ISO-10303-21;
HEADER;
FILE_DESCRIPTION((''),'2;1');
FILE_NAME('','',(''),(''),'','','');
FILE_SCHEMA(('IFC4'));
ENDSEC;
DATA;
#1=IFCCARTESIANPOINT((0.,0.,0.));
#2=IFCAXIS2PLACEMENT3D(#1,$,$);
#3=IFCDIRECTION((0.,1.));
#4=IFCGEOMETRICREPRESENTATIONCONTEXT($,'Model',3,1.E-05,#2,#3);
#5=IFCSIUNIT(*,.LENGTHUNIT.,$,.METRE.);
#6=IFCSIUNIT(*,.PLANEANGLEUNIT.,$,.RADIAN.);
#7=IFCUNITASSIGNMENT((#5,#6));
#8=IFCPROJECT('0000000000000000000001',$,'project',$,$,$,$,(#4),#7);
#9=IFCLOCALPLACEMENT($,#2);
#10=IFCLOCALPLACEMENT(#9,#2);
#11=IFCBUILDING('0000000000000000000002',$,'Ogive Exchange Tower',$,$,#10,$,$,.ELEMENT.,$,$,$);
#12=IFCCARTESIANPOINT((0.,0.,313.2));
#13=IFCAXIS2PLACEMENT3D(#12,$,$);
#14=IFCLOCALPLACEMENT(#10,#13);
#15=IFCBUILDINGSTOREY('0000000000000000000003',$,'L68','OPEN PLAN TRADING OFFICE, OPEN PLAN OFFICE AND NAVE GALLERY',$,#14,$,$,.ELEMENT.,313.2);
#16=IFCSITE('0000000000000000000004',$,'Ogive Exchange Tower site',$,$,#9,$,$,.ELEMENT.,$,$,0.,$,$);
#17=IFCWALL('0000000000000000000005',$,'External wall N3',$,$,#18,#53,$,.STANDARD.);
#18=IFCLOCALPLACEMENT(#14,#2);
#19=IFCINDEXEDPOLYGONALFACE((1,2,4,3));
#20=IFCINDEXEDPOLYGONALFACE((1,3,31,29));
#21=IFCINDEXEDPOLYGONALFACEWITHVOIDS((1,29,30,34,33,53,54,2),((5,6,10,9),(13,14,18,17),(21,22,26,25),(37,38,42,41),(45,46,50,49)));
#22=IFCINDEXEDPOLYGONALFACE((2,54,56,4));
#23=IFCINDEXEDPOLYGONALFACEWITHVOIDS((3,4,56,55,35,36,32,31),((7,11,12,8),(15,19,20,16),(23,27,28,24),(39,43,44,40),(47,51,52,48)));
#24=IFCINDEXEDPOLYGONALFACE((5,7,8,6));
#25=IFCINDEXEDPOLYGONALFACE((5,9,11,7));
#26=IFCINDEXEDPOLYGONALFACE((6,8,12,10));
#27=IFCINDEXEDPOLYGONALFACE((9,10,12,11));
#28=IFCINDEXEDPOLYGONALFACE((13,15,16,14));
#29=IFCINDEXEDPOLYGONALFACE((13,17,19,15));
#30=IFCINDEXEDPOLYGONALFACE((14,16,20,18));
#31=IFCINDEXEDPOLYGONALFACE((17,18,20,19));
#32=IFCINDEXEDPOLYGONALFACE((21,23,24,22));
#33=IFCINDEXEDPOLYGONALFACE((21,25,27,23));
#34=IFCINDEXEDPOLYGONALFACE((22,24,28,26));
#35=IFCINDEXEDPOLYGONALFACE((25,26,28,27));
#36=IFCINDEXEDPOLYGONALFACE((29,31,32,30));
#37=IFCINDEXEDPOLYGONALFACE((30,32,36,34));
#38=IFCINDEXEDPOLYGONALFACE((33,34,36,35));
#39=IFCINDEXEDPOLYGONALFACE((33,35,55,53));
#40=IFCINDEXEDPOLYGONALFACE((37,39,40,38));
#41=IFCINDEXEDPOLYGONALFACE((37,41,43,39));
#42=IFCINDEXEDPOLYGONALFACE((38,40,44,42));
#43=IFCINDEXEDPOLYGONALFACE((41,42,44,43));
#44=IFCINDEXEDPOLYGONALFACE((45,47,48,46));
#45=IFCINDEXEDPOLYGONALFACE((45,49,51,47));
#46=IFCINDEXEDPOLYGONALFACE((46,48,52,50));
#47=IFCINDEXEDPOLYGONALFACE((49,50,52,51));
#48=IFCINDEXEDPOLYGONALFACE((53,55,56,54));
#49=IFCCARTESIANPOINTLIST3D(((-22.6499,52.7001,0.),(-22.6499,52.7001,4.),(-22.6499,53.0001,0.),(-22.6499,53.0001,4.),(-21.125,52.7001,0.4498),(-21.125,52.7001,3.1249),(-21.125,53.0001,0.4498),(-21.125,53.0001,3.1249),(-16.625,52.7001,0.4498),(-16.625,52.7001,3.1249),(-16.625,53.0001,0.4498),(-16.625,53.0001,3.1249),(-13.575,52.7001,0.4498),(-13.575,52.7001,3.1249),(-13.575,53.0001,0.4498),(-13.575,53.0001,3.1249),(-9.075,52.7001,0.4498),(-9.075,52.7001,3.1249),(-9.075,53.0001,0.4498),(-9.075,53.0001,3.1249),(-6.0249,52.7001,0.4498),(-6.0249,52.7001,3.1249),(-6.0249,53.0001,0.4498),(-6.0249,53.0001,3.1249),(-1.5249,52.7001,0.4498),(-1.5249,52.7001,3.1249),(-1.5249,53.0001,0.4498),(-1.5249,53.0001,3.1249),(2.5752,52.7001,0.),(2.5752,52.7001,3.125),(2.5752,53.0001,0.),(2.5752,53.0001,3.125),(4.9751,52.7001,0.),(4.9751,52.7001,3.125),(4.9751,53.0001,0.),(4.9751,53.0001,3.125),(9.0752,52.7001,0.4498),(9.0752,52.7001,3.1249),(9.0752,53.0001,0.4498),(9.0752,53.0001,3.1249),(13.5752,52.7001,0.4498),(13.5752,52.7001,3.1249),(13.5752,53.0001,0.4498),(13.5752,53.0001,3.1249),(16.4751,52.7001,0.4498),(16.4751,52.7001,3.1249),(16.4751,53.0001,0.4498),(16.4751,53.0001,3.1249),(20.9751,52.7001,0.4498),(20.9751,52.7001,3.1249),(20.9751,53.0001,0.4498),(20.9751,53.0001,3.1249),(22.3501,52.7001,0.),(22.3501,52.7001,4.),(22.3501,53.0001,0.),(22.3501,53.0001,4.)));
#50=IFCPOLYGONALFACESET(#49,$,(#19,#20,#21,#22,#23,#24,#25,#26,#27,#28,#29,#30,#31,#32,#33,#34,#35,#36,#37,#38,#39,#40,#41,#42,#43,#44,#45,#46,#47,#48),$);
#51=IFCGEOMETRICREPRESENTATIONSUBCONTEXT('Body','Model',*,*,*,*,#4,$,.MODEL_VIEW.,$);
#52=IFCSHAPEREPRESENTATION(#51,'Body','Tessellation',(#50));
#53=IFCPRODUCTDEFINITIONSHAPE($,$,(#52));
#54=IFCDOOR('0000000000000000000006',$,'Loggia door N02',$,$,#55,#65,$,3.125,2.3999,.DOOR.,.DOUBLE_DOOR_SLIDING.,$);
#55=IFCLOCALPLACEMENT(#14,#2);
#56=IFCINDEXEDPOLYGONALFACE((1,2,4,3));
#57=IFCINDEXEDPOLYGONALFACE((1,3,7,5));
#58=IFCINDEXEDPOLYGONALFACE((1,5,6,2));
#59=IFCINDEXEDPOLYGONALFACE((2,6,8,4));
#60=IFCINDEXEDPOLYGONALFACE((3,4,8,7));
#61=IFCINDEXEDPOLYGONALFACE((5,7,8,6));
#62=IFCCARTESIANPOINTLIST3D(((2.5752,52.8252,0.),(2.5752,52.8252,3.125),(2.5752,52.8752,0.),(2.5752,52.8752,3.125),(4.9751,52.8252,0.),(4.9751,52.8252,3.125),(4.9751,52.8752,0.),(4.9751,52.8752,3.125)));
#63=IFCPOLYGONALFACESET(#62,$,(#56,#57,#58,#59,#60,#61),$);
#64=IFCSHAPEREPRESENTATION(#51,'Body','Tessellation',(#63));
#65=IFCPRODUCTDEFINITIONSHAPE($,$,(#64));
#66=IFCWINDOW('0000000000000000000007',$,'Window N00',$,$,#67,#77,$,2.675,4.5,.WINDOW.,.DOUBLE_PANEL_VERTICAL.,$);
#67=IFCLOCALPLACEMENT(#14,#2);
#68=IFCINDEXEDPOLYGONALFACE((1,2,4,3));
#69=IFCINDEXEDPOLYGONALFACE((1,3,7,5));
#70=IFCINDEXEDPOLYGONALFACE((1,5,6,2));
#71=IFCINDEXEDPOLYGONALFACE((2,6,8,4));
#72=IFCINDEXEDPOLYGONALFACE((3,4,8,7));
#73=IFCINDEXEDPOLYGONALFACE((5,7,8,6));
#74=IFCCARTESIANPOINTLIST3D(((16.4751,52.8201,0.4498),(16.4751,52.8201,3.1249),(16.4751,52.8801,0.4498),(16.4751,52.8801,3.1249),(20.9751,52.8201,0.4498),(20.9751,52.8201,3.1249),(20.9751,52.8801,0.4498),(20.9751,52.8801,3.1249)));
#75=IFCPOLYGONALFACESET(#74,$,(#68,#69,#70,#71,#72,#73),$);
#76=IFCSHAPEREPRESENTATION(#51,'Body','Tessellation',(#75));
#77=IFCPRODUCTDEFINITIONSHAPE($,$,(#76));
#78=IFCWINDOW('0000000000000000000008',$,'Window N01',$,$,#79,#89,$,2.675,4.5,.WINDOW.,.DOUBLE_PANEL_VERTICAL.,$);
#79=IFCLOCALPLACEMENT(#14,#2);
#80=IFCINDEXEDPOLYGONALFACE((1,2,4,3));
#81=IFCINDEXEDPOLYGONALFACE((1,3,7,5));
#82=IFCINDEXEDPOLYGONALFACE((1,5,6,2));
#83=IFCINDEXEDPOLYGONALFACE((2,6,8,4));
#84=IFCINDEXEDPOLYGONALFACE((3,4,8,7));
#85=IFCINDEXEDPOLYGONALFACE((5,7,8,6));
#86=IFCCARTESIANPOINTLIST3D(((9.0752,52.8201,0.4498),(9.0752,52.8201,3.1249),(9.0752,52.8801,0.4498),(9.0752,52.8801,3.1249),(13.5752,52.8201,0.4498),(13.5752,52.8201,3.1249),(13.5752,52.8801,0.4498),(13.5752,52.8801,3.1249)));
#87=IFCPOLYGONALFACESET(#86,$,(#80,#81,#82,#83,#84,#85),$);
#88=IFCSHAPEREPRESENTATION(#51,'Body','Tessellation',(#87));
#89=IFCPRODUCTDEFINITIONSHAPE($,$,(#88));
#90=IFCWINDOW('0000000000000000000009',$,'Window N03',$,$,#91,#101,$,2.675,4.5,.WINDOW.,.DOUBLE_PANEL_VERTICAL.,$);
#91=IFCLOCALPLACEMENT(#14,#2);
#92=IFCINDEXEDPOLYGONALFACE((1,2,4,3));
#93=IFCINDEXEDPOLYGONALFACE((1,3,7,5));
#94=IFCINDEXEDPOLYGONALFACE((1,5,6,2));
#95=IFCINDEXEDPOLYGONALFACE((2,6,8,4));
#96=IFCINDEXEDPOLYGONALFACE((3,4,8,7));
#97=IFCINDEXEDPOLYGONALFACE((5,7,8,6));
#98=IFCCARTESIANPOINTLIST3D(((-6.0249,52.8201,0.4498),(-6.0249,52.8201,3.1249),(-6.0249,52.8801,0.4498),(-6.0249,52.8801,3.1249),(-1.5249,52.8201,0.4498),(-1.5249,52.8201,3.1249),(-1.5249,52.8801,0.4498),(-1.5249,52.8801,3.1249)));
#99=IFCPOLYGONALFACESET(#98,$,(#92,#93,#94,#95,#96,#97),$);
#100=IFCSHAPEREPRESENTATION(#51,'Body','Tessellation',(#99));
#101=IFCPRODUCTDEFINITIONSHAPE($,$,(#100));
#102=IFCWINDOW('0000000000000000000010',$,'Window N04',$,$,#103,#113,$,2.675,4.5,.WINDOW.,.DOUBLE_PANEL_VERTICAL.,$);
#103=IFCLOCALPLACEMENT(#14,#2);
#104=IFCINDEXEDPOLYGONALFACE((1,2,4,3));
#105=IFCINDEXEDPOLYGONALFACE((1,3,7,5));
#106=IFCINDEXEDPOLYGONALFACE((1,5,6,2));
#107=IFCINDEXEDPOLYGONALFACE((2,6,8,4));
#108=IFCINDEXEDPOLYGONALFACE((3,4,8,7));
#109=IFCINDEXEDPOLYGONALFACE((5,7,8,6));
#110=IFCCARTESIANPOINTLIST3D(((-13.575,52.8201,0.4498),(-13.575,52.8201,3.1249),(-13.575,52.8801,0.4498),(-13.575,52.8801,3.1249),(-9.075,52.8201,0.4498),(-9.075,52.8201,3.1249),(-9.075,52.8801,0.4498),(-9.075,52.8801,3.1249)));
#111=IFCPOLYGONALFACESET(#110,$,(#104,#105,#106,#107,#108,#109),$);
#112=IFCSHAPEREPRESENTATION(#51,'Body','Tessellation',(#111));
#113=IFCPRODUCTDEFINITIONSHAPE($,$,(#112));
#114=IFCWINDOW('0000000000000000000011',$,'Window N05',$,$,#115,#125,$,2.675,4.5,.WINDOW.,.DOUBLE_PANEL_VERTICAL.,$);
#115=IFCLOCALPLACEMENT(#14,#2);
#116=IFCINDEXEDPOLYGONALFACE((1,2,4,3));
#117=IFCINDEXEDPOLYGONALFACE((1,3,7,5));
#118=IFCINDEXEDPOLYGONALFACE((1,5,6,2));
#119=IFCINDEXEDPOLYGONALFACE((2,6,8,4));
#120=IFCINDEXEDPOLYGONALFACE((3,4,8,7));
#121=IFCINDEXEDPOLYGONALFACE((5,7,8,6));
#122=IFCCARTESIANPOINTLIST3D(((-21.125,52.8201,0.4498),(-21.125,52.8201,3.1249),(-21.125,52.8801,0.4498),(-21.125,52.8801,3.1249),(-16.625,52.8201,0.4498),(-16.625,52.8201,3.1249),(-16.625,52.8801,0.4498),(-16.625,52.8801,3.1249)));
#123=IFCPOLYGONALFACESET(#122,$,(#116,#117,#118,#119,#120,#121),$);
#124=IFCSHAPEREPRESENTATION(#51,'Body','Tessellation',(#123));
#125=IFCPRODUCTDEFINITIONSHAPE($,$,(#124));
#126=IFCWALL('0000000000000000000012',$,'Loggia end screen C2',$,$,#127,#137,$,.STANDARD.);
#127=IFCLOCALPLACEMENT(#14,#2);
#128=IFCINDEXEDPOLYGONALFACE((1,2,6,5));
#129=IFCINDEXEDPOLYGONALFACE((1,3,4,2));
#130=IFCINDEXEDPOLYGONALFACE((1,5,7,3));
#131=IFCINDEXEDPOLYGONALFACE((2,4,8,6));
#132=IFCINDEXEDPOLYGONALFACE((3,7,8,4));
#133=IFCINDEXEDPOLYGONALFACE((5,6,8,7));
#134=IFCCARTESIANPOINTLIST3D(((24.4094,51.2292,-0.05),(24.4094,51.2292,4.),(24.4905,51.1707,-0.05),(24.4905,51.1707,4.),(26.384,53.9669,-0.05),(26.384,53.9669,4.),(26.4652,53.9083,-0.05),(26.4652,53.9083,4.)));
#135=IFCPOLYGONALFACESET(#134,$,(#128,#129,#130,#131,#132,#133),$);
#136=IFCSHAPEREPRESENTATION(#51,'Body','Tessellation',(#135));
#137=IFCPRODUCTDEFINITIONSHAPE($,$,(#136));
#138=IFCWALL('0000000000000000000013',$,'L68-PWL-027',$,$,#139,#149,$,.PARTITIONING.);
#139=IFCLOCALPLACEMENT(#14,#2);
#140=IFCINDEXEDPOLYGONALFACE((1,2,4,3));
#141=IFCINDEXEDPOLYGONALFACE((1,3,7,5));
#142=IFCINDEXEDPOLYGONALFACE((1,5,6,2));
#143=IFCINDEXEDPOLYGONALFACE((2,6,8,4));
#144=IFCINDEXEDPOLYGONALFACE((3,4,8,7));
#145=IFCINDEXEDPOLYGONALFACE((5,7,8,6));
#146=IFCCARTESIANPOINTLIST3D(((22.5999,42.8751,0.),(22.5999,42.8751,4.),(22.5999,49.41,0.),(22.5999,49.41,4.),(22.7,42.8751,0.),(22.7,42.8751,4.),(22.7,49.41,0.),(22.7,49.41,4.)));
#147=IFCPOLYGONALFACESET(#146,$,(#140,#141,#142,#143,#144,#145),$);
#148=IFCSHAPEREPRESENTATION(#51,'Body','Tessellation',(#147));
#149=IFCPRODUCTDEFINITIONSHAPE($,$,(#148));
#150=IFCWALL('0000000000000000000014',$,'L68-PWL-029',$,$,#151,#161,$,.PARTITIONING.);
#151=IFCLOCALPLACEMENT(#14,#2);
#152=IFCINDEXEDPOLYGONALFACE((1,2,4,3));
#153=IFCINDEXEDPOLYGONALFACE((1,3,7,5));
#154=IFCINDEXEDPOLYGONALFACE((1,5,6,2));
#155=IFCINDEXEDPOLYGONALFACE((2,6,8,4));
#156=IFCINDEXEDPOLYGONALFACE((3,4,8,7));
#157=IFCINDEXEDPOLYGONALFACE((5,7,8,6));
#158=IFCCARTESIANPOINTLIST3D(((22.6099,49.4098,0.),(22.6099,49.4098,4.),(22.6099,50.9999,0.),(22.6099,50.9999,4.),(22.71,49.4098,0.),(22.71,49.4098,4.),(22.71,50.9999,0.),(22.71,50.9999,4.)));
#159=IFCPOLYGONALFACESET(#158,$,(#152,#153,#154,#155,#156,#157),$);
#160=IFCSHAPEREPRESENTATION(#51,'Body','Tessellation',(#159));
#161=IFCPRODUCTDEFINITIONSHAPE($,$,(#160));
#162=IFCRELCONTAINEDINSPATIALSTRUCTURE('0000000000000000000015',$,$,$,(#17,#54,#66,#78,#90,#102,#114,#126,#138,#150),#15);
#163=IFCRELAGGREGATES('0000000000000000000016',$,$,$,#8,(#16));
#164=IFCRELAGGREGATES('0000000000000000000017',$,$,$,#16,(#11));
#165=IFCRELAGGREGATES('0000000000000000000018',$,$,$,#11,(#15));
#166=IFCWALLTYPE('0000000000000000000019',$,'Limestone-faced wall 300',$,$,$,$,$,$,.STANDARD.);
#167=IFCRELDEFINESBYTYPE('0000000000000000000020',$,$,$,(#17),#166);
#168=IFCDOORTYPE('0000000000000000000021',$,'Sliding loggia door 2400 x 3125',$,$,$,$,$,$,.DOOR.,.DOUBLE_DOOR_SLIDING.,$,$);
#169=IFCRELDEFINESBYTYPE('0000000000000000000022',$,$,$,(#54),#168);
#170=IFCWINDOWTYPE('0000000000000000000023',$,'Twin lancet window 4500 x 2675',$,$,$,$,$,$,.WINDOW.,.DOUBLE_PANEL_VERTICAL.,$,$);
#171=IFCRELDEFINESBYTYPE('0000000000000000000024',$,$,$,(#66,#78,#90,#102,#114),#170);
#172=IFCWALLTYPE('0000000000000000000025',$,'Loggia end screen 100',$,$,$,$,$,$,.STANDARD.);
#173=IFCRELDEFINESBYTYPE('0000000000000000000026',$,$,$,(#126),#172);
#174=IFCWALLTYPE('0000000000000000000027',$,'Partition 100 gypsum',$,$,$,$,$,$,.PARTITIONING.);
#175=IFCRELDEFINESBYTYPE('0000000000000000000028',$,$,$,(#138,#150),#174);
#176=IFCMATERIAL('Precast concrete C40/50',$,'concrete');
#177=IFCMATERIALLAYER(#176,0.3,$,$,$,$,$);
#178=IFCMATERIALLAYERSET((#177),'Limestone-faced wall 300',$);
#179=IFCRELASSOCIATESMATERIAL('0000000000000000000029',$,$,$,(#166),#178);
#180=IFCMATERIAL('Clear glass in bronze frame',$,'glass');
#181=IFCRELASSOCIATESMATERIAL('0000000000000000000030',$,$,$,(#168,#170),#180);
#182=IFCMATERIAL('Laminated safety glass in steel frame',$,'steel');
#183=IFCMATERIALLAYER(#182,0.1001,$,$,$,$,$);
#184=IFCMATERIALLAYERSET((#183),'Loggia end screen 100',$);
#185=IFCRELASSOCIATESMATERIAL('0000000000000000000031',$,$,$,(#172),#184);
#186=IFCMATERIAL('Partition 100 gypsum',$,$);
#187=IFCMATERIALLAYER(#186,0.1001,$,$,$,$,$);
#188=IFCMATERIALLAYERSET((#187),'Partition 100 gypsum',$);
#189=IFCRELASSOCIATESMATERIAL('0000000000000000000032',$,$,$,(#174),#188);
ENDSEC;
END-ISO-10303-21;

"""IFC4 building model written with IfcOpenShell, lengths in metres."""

from ifc_helpers import new_model, si_unit, direction, frame, frame_2d, origin, place, context, subcontext, project, spatial, rectangle, extrude, material, layer, layer_set, type_object, element, fill, save


model = new_model("IFC4")

# Units and contexts
model_context = context("Model", 3, precision=1e-05, world=origin(), true_north=direction((0.0, 1.0)))
body_context = subcontext(model_context, "Body", "Model", "MODEL_VIEW")
ifc_project = project(units=[si_unit("LENGTHUNIT", "METRE"), si_unit("PLANEANGLEUNIT", "RADIAN")], contexts=[model_context])

# Site, building, storey
site_placement = place(None, origin())
site = spatial("IfcSite", under=ifc_project, at=site_placement, Name="Ogive Exchange Tower site", CompositionType="ELEMENT", RefElevation=0.0)
building_placement = place(site_placement, origin())
building = spatial("IfcBuilding", under=site, at=building_placement, Name="Ogive Exchange Tower", CompositionType="ELEMENT")
storey_placement = place(building_placement, frame((0.0, 0.0, 313.2)))
storey = spatial("IfcBuildingStorey", under=building, at=storey_placement, Name="L68", Description="OPEN PLAN TRADING OFFICE, OPEN PLAN OFFICE AND NAVE GALLERY", CompositionType="ELEMENT", Elevation=313.2)

# Wall, openings, door, windows
ifc_material_1 = material(Name="Precast concrete C40/50", Category="concrete")
ifc_layer_1 = layer(ifc_material_1, 0.3)
ifc_layer_set_1 = layer_set([ifc_layer_1], Name="Limestone-faced wall 300")
wall_type_1 = type_object("IfcWallType", Name="Limestone-faced wall 300", PredefinedType="STANDARD", material=ifc_layer_set_1)
wall_1_placement = place(storey_placement, frame((22.3501, 52.8501, 0.0), z_axis=(0.0, 0.0, 1.0), x_axis=(-1.0, 0.0, 0.0)))
wall_1 = element("IfcWall", 1, at=wall_1_placement, inside=storey, type_object=wall_type_1, Name="External wall N3", PredefinedType="STANDARD", context=body_context, shape_type="SweptSolid", body=[
    extrude(rectangle(XDim=45.0, YDim=0.3, at=frame_2d((22.5, 0.0))), origin(), (0.0, 0.0, 1.0), 4.0),
])
opening_1_placement = place(wall_1_placement, frame((1.375, 0.0, 0.45)))
opening_1 = element("IfcOpeningElement", 2, at=opening_1_placement, cuts=wall_1, PredefinedType="OPENING", context=body_context, shape_type="SweptSolid", body=[
    extrude(rectangle(XDim=4.5, YDim=2.675, at=frame_2d((2.25, 1.3374))), frame((0.0, 0.1599, 0.0), z_axis=(0.0, -1.0, 0.0), x_axis=(1.0, 0.0, 0.0)), (0.0, 0.0, 1.0), 0.3201),
])
opening_2_placement = place(wall_1_placement, frame((8.7749, 0.0, 0.45)))
opening_2 = element("IfcOpeningElement", 3, at=opening_2_placement, cuts=wall_1, PredefinedType="OPENING", context=body_context, shape_type="SweptSolid", body=[
    extrude(rectangle(XDim=4.5, YDim=2.675, at=frame_2d((2.25, 1.3374))), frame((0.0, 0.1599, 0.0), z_axis=(0.0, -1.0, 0.0), x_axis=(1.0, 0.0, 0.0)), (0.0, 0.0, 1.0), 0.3201),
])
opening_3_placement = place(wall_1_placement, frame((17.375, 0.0, 0.0)))
opening_3 = element("IfcOpeningElement", 4, at=opening_3_placement, cuts=wall_1, PredefinedType="OPENING", context=body_context, shape_type="SweptSolid", body=[
    extrude(rectangle(XDim=2.3999, YDim=3.125, at=frame_2d((1.2, 1.5625))), frame((0.0, 0.1599, 0.0), z_axis=(0.0, -1.0, 0.0), x_axis=(1.0, 0.0, 0.0)), (0.0, 0.0, 1.0), 0.3201),
])
opening_4_placement = place(wall_1_placement, frame((23.875, 0.0, 0.45)))
opening_4 = element("IfcOpeningElement", 5, at=opening_4_placement, cuts=wall_1, PredefinedType="OPENING", context=body_context, shape_type="SweptSolid", body=[
    extrude(rectangle(XDim=4.5, YDim=2.675, at=frame_2d((2.25, 1.3374))), frame((0.0, 0.1599, 0.0), z_axis=(0.0, -1.0, 0.0), x_axis=(1.0, 0.0, 0.0)), (0.0, 0.0, 1.0), 0.3201),
])
opening_5_placement = place(wall_1_placement, frame((31.425, 0.0, 0.45)))
opening_5 = element("IfcOpeningElement", 6, at=opening_5_placement, cuts=wall_1, PredefinedType="OPENING", context=body_context, shape_type="SweptSolid", body=[
    extrude(rectangle(XDim=4.5, YDim=2.675, at=frame_2d((2.25, 1.3374))), frame((0.0, 0.1599, 0.0), z_axis=(0.0, -1.0, 0.0), x_axis=(1.0, 0.0, 0.0)), (0.0, 0.0, 1.0), 0.3201),
])
opening_6_placement = place(wall_1_placement, frame((38.9751, 0.0, 0.45)))
opening_6 = element("IfcOpeningElement", 7, at=opening_6_placement, cuts=wall_1, PredefinedType="OPENING", context=body_context, shape_type="SweptSolid", body=[
    extrude(rectangle(XDim=4.5, YDim=2.675, at=frame_2d((2.25, 1.3374))), frame((0.0, 0.1599, 0.0), z_axis=(0.0, -1.0, 0.0), x_axis=(1.0, 0.0, 0.0)), (0.0, 0.0, 1.0), 0.3201),
])
ifc_material_2 = material(Name="Clear glass in bronze frame", Category="glass")
door_type_1 = type_object("IfcDoorType", Name="Sliding loggia door 2400 x 3125", OperationType="DOUBLE_DOOR_SLIDING", PredefinedType="DOOR", material=ifc_material_2)
door_1_placement = place(opening_3_placement, origin())
door_1 = element("IfcDoor", 8, at=door_1_placement, inside=storey, type_object=door_type_1, Name="Loggia door N02", OperationType="DOUBLE_DOOR_SLIDING", OverallHeight=3.125, OverallWidth=2.3999, PredefinedType="DOOR", context=body_context, shape_type="SweptSolid", body=[
    extrude(rectangle(XDim=2.3999, YDim=3.125, at=frame_2d((1.2, 1.5625))), frame((0.0, 0.0249, 0.0), z_axis=(0.0, -1.0, 0.0), x_axis=(1.0, 0.0, 0.0)), (0.0, 0.0, 1.0), 0.05),
])
fill(opening_3, door_1)
window_type = type_object("IfcWindowType", Name="Twin lancet window 4500 x 2675", PartitioningType="DOUBLE_PANEL_VERTICAL", PredefinedType="WINDOW", material=ifc_material_2)
window_1_placement = place(opening_1_placement, origin())
window_1 = element("IfcWindow", 9, at=window_1_placement, inside=storey, type_object=window_type, Name="Window N00", OverallHeight=2.675, OverallWidth=4.5, PartitioningType="DOUBLE_PANEL_VERTICAL", PredefinedType="WINDOW", context=body_context, shape_type="SweptSolid", body=[
    extrude(rectangle(XDim=4.5, YDim=2.675, at=frame_2d((2.25, 1.3374))), frame((0.0, 0.03, 0.0), z_axis=(0.0, -1.0, 0.0), x_axis=(1.0, 0.0, 0.0)), (0.0, 0.0, 1.0), 0.0601),
])
fill(opening_1, window_1)
window_2_placement = place(opening_2_placement, origin())
window_2 = element("IfcWindow", 10, at=window_2_placement, inside=storey, type_object=window_type, Name="Window N01", OverallHeight=2.675, OverallWidth=4.5, PartitioningType="DOUBLE_PANEL_VERTICAL", PredefinedType="WINDOW", context=body_context, shape_type="SweptSolid", body=[
    extrude(rectangle(XDim=4.5, YDim=2.675, at=frame_2d((2.25, 1.3374))), frame((0.0, 0.03, 0.0), z_axis=(0.0, -1.0, 0.0), x_axis=(1.0, 0.0, 0.0)), (0.0, 0.0, 1.0), 0.0601),
])
fill(opening_2, window_2)
window_3_placement = place(opening_4_placement, origin())
window_3 = element("IfcWindow", 11, at=window_3_placement, inside=storey, type_object=window_type, Name="Window N03", OverallHeight=2.675, OverallWidth=4.5, PartitioningType="DOUBLE_PANEL_VERTICAL", PredefinedType="WINDOW", context=body_context, shape_type="SweptSolid", body=[
    extrude(rectangle(XDim=4.5, YDim=2.675, at=frame_2d((2.25, 1.3374))), frame((0.0, 0.03, 0.0), z_axis=(0.0, -1.0, 0.0), x_axis=(1.0, 0.0, 0.0)), (0.0, 0.0, 1.0), 0.0601),
])
fill(opening_4, window_3)
window_4_placement = place(opening_5_placement, origin())
window_4 = element("IfcWindow", 12, at=window_4_placement, inside=storey, type_object=window_type, Name="Window N04", OverallHeight=2.675, OverallWidth=4.5, PartitioningType="DOUBLE_PANEL_VERTICAL", PredefinedType="WINDOW", context=body_context, shape_type="SweptSolid", body=[
    extrude(rectangle(XDim=4.5, YDim=2.675, at=frame_2d((2.25, 1.3374))), frame((0.0, 0.03, 0.0), z_axis=(0.0, -1.0, 0.0), x_axis=(1.0, 0.0, 0.0)), (0.0, 0.0, 1.0), 0.0601),
])
fill(opening_5, window_4)
window_5_placement = place(opening_6_placement, origin())
window_5 = element("IfcWindow", 13, at=window_5_placement, inside=storey, type_object=window_type, Name="Window N05", OverallHeight=2.675, OverallWidth=4.5, PartitioningType="DOUBLE_PANEL_VERTICAL", PredefinedType="WINDOW", context=body_context, shape_type="SweptSolid", body=[
    extrude(rectangle(XDim=4.5, YDim=2.675, at=frame_2d((2.25, 1.3374))), frame((0.0, 0.03, 0.0), z_axis=(0.0, -1.0, 0.0), x_axis=(1.0, 0.0, 0.0)), (0.0, 0.0, 1.0), 0.0601),
])
fill(opening_6, window_5)

# Walls
ifc_material_3 = material(Name="Laminated safety glass in steel frame", Category="steel")
ifc_layer_2 = layer(ifc_material_3, 0.1001)
ifc_layer_set_2 = layer_set([ifc_layer_2], Name="Loggia end screen 100")
wall_type_2 = type_object("IfcWallType", Name="Loggia end screen 100", PredefinedType="STANDARD", material=ifc_layer_set_2)
wall_2_placement = place(storey_placement, frame((24.45, 51.2, -0.05), z_axis=(0.0, 0.0, 1.0), x_axis=(0.585002, 0.811032, 0.0)))
element("IfcWall", 14, at=wall_2_placement, inside=storey, type_object=wall_type_2, Name="Loggia end screen C2", PredefinedType="STANDARD", context=body_context, shape_type="SweptSolid", body=[
    extrude(rectangle(XDim=3.3755, YDim=0.1001, at=frame_2d((1.6877, 0.0))), origin(), (0.0, 0.0, 1.0), 4.05),
])
ifc_material_4 = material(Name="Partition 100 gypsum")
ifc_layer_3 = layer(ifc_material_4, 0.1001)
ifc_layer_set_3 = layer_set([ifc_layer_3], Name="Partition 100 gypsum")
wall_type_3 = type_object("IfcWallType", Name="Partition 100 gypsum", PredefinedType="PARTITIONING", material=ifc_layer_set_3)
wall_3_placement = place(storey_placement, frame((22.6499, 42.875, 0.0), z_axis=(0.0, 0.0, 1.0), x_axis=(0.0, 1.0, 0.0)))
element("IfcWall", 15, at=wall_3_placement, inside=storey, type_object=wall_type_3, Name="L68-PWL-027", PredefinedType="PARTITIONING", context=body_context, shape_type="SweptSolid", body=[
    extrude(rectangle(XDim=6.5349, YDim=0.1001, at=frame_2d((3.2676, 0.0))), origin(), (0.0, 0.0, 1.0), 4.0),
])
wall_4_placement = place(storey_placement, frame((22.6599, 49.4099, 0.0), z_axis=(0.0, 0.0, 1.0), x_axis=(0.0, 1.0, 0.0)))
element("IfcWall", 16, at=wall_4_placement, inside=storey, type_object=wall_type_3, Name="L68-PWL-029", PredefinedType="PARTITIONING", context=body_context, shape_type="SweptSolid", body=[
    extrude(rectangle(XDim=1.5901, YDim=0.1001, at=frame_2d((0.7949, 0.0))), origin(), (0.0, 0.0, 1.0), 4.0),
])

save(model, "model.ifc")
